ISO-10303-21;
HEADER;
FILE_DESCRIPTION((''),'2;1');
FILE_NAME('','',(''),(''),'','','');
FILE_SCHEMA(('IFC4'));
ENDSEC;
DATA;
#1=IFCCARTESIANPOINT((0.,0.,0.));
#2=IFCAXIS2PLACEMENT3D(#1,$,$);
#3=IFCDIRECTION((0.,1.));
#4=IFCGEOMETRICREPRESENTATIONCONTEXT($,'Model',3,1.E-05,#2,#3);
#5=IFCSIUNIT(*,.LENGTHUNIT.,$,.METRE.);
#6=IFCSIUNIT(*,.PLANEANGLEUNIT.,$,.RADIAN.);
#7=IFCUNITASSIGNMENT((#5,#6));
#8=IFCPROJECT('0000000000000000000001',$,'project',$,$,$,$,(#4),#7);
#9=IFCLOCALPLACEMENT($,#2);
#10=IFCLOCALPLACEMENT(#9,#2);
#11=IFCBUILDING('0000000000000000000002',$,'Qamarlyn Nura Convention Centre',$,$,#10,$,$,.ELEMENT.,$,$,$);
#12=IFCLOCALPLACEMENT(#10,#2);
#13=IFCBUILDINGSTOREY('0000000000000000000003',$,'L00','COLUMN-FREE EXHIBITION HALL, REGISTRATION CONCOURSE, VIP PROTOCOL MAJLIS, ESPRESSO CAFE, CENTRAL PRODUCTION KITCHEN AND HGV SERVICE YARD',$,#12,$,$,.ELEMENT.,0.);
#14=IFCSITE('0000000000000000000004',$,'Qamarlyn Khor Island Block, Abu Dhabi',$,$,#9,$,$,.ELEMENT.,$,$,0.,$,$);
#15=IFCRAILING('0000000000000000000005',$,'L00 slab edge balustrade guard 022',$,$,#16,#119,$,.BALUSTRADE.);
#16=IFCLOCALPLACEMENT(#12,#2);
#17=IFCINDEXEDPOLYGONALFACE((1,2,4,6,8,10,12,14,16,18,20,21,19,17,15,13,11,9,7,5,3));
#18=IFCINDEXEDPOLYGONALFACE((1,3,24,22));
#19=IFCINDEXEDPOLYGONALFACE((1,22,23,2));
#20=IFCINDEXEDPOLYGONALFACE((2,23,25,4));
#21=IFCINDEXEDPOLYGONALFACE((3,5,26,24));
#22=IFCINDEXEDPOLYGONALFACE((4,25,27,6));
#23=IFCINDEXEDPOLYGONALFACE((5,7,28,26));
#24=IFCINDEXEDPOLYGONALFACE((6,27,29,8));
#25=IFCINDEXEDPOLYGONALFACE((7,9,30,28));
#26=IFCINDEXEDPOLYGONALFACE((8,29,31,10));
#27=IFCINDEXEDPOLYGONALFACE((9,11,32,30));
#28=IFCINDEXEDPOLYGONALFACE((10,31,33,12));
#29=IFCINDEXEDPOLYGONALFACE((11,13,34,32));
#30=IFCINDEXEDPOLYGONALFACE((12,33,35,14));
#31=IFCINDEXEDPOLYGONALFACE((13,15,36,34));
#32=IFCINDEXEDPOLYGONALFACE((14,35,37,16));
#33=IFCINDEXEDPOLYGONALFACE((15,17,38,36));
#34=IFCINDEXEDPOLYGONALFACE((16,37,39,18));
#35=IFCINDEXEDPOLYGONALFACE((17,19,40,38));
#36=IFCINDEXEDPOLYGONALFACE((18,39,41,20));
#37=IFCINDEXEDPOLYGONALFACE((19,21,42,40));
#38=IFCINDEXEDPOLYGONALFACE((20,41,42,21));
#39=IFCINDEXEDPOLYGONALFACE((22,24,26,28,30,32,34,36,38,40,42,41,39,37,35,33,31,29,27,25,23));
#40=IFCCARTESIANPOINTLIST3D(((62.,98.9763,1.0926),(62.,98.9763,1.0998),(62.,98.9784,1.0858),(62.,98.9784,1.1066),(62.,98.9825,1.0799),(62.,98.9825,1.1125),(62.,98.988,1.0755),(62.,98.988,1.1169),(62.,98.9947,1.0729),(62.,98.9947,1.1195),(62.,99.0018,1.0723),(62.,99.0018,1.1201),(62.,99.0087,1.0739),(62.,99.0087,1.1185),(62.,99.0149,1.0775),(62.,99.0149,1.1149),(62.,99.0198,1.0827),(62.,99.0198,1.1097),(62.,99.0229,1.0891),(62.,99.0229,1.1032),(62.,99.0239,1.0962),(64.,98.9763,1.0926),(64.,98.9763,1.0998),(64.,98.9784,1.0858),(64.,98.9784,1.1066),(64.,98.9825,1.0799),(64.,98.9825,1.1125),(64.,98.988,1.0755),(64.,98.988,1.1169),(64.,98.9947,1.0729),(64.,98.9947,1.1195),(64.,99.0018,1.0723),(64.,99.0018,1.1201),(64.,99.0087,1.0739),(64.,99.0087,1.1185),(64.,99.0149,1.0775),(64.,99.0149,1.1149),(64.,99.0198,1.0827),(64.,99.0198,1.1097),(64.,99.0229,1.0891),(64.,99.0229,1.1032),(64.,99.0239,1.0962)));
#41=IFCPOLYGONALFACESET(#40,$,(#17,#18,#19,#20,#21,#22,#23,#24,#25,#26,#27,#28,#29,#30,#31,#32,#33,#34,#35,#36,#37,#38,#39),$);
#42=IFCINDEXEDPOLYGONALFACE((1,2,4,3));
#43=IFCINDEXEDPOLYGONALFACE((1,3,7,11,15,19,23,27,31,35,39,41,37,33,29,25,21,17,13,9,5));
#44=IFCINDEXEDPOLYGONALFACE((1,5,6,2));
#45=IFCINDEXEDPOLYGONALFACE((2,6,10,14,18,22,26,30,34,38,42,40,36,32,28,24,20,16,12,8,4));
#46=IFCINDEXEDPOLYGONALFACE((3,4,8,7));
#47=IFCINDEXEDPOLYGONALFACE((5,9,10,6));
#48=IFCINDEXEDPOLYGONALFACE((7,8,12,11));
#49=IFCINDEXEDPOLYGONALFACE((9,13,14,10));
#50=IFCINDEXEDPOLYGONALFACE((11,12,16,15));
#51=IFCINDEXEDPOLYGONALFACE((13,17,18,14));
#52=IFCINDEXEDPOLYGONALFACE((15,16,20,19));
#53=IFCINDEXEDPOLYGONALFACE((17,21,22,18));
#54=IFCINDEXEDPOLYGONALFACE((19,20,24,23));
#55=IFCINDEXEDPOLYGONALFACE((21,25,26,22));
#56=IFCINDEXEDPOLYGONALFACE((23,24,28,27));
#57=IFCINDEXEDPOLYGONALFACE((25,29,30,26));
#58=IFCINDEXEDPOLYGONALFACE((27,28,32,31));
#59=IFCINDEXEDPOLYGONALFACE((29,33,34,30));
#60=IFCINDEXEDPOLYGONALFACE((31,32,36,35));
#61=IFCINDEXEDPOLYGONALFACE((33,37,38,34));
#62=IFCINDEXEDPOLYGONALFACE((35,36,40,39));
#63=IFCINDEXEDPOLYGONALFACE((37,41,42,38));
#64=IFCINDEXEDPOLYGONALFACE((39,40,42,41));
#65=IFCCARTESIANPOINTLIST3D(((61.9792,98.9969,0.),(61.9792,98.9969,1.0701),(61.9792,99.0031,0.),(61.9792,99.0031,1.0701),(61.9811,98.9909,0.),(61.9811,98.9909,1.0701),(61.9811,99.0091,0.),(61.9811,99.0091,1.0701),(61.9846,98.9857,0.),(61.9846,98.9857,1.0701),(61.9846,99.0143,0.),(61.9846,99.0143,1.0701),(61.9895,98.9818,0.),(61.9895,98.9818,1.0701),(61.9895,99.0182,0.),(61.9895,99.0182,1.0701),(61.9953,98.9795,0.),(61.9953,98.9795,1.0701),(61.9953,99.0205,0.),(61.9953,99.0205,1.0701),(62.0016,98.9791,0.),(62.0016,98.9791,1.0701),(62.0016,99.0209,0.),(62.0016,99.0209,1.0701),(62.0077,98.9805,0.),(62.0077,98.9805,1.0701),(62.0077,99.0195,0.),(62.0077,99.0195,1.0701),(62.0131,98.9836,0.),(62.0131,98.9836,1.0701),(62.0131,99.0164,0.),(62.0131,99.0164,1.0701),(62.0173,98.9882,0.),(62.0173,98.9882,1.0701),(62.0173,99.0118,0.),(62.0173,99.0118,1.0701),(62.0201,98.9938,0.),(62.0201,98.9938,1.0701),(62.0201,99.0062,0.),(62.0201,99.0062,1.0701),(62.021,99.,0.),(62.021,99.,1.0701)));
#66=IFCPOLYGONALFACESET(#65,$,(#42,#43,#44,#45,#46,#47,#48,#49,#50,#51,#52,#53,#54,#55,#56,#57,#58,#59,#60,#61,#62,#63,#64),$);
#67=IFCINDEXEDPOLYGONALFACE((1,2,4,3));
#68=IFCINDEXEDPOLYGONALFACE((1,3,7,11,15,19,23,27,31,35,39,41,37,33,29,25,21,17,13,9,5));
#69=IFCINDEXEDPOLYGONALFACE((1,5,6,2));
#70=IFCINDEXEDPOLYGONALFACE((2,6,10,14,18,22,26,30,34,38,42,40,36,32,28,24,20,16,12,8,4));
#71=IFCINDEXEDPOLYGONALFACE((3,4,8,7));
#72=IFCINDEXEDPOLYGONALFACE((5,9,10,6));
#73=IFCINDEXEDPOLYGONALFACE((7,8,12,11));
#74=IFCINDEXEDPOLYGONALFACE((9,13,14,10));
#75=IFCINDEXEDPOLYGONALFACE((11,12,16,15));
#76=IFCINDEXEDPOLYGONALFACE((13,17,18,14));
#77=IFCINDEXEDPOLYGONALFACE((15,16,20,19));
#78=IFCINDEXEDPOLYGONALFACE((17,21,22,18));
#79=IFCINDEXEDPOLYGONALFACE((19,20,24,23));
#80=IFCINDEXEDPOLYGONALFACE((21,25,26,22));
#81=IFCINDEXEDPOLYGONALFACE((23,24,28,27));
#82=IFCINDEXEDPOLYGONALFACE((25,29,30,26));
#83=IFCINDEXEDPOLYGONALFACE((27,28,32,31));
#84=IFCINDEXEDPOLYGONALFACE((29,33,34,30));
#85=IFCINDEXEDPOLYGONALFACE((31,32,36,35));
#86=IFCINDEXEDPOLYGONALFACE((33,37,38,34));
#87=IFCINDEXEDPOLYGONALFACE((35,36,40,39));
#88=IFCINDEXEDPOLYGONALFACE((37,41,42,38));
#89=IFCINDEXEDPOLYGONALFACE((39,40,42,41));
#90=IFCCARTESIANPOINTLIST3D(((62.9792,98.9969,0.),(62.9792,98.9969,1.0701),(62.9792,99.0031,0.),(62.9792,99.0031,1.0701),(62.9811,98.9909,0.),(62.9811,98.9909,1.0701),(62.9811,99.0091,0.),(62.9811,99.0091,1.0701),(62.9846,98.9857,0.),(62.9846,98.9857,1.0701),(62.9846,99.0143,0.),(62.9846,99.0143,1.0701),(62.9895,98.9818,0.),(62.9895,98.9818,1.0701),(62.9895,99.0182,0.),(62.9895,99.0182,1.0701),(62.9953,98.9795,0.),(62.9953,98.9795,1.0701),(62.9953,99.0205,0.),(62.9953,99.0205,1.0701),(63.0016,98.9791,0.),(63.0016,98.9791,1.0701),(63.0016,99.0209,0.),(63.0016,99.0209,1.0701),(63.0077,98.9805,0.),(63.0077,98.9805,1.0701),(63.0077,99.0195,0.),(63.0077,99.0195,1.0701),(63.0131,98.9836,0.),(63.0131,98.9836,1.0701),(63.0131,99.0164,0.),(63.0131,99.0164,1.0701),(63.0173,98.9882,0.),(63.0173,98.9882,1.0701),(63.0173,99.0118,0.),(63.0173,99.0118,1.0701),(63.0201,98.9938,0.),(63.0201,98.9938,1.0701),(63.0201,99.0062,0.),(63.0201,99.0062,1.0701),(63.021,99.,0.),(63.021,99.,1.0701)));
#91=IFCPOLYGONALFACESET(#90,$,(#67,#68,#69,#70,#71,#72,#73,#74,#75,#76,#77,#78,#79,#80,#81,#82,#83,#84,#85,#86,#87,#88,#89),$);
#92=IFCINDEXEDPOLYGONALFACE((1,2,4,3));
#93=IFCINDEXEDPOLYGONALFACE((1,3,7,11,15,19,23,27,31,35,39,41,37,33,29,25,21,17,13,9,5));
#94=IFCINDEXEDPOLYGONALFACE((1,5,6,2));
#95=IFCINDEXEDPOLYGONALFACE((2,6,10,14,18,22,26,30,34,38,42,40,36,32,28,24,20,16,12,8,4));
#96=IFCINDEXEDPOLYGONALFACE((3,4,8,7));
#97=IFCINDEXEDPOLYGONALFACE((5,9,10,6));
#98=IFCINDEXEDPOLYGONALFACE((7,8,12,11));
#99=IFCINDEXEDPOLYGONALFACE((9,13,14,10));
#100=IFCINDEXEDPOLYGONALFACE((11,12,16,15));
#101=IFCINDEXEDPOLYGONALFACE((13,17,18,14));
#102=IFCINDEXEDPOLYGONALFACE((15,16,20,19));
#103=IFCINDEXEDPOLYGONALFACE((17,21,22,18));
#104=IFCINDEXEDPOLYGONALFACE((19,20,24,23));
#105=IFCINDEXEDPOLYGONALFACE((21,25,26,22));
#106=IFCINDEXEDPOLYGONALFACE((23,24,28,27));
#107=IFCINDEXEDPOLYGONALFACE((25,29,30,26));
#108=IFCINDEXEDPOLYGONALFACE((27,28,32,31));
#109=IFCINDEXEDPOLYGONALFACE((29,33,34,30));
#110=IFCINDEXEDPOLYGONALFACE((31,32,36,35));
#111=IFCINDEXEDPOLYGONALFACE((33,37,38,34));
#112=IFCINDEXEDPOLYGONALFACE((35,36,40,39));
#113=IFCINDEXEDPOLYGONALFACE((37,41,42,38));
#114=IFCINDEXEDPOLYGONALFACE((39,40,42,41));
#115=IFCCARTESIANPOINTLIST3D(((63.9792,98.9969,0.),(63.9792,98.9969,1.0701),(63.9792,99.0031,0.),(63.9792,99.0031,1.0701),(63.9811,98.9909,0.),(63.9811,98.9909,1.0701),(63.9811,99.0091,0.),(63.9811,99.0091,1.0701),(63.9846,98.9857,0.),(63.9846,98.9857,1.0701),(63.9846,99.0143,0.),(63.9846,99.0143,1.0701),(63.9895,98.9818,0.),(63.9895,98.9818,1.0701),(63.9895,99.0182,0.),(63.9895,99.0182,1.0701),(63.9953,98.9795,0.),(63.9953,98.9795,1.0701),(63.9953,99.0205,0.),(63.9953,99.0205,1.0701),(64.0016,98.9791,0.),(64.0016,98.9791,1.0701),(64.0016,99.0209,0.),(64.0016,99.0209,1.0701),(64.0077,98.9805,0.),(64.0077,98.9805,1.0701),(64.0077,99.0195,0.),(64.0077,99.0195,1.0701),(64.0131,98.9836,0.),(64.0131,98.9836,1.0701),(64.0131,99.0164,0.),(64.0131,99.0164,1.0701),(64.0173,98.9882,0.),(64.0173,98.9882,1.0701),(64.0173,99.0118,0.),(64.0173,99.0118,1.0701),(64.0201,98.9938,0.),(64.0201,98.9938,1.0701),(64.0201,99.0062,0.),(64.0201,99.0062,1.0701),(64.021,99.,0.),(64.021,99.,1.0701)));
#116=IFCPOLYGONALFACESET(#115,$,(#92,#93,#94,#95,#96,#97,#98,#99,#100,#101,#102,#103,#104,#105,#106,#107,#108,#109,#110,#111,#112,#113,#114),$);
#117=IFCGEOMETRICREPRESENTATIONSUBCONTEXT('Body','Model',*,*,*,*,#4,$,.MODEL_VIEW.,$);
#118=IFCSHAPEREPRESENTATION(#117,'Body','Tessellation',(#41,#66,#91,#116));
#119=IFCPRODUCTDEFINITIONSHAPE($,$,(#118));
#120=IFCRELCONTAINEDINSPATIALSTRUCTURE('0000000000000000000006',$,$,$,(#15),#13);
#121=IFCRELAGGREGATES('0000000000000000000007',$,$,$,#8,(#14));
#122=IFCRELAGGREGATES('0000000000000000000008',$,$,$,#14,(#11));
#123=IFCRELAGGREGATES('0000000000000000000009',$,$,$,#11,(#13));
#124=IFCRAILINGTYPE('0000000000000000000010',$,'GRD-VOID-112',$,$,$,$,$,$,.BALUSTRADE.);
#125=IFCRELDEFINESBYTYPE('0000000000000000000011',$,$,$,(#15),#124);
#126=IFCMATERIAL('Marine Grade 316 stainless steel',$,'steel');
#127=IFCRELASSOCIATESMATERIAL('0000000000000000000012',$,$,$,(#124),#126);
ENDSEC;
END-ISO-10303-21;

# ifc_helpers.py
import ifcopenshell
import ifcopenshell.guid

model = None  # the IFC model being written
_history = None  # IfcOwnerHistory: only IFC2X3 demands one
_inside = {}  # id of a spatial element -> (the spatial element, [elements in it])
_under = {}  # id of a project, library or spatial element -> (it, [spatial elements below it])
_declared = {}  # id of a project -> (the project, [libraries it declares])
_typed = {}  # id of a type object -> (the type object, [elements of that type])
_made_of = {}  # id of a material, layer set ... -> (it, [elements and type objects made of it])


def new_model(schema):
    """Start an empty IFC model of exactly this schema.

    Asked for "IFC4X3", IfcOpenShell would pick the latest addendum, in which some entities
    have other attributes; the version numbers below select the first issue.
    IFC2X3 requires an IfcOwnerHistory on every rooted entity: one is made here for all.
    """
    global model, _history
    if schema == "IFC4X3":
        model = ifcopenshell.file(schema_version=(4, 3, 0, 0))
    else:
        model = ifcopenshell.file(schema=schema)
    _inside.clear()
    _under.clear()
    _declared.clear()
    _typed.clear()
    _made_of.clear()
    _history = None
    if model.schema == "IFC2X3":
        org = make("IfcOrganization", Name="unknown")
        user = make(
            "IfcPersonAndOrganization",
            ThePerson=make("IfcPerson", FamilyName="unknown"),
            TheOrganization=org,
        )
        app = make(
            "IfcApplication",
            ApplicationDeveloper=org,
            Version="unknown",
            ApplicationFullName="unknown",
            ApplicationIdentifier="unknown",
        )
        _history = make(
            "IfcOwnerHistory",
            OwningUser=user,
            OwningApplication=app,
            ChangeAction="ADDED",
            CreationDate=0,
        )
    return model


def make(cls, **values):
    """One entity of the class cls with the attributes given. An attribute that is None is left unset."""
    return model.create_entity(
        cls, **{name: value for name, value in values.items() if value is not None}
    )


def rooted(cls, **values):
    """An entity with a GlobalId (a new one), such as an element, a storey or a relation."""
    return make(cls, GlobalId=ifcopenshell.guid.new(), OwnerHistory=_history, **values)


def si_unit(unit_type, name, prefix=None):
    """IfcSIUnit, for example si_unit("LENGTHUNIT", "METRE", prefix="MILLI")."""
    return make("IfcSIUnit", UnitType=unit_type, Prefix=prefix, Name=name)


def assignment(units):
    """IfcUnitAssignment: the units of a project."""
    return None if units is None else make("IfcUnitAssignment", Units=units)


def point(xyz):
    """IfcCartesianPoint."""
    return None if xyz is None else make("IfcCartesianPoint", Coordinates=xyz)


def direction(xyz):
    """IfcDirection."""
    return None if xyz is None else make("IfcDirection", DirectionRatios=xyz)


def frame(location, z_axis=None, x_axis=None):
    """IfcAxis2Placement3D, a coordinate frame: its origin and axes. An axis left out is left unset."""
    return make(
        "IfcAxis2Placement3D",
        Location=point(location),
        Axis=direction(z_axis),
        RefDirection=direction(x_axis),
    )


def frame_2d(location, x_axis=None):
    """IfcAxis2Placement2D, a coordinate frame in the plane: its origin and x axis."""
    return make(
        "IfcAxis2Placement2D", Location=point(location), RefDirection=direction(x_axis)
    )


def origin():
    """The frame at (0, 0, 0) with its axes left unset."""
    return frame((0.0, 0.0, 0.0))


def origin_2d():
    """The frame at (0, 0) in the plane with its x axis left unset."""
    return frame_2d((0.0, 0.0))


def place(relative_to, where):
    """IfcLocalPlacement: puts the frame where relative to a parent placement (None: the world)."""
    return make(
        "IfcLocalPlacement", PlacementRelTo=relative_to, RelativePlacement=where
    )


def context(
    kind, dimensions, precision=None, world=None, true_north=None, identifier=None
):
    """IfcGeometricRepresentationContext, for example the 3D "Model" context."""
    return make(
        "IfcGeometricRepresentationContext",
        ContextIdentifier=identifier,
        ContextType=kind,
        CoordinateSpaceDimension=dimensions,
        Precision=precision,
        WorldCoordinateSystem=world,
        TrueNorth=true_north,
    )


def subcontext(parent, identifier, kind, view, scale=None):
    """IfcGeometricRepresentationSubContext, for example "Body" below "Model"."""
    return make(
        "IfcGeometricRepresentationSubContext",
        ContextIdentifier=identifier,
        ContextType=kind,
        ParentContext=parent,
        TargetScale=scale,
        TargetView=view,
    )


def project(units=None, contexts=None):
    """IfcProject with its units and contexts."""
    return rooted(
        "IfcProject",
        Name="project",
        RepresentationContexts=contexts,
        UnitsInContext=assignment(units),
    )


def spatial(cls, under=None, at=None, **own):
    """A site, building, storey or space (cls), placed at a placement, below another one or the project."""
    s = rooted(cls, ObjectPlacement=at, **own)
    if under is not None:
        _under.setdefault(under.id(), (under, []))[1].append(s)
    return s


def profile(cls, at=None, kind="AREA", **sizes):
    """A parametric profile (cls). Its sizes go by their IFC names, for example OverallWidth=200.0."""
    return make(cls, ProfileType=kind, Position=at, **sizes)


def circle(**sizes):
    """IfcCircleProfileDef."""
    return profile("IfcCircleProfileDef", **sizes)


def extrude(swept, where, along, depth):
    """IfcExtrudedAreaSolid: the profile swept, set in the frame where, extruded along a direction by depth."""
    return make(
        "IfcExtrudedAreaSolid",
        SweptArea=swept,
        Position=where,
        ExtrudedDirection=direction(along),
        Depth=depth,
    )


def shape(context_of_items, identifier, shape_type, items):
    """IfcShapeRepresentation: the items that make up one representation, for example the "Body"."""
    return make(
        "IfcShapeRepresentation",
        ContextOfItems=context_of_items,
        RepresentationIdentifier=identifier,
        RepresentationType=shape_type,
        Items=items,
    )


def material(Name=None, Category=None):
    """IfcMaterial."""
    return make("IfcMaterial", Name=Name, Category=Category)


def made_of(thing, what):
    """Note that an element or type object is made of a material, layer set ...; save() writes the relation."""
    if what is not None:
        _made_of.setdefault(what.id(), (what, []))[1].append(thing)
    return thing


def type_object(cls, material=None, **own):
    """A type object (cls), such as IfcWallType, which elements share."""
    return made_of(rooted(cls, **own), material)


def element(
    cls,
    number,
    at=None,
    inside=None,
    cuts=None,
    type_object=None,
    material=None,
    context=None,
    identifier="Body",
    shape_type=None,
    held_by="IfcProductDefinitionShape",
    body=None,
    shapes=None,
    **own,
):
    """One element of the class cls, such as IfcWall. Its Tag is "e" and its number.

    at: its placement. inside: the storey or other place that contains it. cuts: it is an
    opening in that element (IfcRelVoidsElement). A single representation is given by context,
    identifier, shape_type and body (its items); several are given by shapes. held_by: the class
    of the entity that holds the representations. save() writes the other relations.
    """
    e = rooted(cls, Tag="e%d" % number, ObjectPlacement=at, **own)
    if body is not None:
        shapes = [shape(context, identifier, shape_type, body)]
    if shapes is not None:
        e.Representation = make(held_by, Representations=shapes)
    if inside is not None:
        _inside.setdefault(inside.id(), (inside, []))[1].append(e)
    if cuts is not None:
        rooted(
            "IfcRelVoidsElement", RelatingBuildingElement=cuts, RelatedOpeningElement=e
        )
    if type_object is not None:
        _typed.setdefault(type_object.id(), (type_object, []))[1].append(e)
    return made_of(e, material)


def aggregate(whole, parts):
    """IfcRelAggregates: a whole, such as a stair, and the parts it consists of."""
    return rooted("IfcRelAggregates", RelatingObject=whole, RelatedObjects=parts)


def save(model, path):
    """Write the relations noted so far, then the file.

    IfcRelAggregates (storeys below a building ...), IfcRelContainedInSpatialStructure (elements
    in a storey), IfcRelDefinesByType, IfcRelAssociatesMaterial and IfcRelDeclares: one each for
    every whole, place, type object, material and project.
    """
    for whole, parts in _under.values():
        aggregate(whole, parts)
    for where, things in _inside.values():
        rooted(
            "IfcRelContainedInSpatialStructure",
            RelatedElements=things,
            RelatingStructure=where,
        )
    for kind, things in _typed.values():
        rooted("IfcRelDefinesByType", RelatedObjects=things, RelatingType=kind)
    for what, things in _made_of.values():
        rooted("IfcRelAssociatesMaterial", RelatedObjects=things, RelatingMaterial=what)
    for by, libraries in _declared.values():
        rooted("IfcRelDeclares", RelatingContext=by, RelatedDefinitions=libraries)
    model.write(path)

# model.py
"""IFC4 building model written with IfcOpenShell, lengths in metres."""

from ifc_helpers import new_model, si_unit, direction, frame, origin, origin_2d, place, context, subcontext, project, spatial, circle, extrude, material, type_object, element, save


model = new_model("IFC4")

# Units and contexts
model_context = context("Model", 3, precision=1e-05, world=origin(), true_north=direction((0.0, 1.0)))
body_context = subcontext(model_context, "Body", "Model", "MODEL_VIEW")
ifc_project = project(units=[si_unit("LENGTHUNIT", "METRE"), si_unit("PLANEANGLEUNIT", "RADIAN")], contexts=[model_context])

# Site, building, storey
site_placement = place(None, origin())
site = spatial("IfcSite", under=ifc_project, at=site_placement, Name="Qamarlyn Khor Island Block, Abu Dhabi", CompositionType="ELEMENT", RefElevation=0.0)
building_placement = place(site_placement, origin())
building = spatial("IfcBuilding", under=site, at=building_placement, Name="Qamarlyn Nura Convention Centre", CompositionType="ELEMENT")
storey_placement = place(building_placement, origin())
storey = spatial("IfcBuildingStorey", under=building, at=storey_placement, Name="L00", Description="COLUMN-FREE EXHIBITION HALL, REGISTRATION CONCOURSE, VIP PROTOCOL MAJLIS, ESPRESSO CAFE, CENTRAL PRODUCTION KITCHEN AND HGV SERVICE YARD", CompositionType="ELEMENT", Elevation=0.0)

# Railing
ifc_material_1 = material(Name="Marine Grade 316 stainless steel", Category="steel")
railing_type_1 = type_object("IfcRailingType", Name="GRD-VOID-112", PredefinedType="BALUSTRADE", material=ifc_material_1)
railing_1_placement = place(storey_placement, frame((62.0, 99.0, 0.0)))
element("IfcRailing", 1, at=railing_1_placement, inside=storey, type_object=railing_type_1, Name="L00 slab edge balustrade guard 022", PredefinedType="BALUSTRADE", context=body_context, shape_type="SweptSolid", body=[
    extrude(circle(Radius=0.0239, at=origin_2d()), frame((0.0, 0.0, 1.0962), z_axis=(1.0, 0.0, 0.0), x_axis=(0.0, 1.0, 0.0)), (0.0, 0.0, 1.0), 2.0),
    extrude(circle(Radius=0.021, at=origin_2d()), origin(), (0.0, 0.0, 1.0), 1.0701),
    extrude(circle(Radius=0.021, at=origin_2d()), frame((1.0, 0.0, 0.0)), (0.0, 0.0, 1.0), 1.0701),
    extrude(circle(Radius=0.021, at=origin_2d()), frame((2.0, 0.0, 0.0)), (0.0, 0.0, 1.0), 1.0701),
])

save(model, "model.ifc")
